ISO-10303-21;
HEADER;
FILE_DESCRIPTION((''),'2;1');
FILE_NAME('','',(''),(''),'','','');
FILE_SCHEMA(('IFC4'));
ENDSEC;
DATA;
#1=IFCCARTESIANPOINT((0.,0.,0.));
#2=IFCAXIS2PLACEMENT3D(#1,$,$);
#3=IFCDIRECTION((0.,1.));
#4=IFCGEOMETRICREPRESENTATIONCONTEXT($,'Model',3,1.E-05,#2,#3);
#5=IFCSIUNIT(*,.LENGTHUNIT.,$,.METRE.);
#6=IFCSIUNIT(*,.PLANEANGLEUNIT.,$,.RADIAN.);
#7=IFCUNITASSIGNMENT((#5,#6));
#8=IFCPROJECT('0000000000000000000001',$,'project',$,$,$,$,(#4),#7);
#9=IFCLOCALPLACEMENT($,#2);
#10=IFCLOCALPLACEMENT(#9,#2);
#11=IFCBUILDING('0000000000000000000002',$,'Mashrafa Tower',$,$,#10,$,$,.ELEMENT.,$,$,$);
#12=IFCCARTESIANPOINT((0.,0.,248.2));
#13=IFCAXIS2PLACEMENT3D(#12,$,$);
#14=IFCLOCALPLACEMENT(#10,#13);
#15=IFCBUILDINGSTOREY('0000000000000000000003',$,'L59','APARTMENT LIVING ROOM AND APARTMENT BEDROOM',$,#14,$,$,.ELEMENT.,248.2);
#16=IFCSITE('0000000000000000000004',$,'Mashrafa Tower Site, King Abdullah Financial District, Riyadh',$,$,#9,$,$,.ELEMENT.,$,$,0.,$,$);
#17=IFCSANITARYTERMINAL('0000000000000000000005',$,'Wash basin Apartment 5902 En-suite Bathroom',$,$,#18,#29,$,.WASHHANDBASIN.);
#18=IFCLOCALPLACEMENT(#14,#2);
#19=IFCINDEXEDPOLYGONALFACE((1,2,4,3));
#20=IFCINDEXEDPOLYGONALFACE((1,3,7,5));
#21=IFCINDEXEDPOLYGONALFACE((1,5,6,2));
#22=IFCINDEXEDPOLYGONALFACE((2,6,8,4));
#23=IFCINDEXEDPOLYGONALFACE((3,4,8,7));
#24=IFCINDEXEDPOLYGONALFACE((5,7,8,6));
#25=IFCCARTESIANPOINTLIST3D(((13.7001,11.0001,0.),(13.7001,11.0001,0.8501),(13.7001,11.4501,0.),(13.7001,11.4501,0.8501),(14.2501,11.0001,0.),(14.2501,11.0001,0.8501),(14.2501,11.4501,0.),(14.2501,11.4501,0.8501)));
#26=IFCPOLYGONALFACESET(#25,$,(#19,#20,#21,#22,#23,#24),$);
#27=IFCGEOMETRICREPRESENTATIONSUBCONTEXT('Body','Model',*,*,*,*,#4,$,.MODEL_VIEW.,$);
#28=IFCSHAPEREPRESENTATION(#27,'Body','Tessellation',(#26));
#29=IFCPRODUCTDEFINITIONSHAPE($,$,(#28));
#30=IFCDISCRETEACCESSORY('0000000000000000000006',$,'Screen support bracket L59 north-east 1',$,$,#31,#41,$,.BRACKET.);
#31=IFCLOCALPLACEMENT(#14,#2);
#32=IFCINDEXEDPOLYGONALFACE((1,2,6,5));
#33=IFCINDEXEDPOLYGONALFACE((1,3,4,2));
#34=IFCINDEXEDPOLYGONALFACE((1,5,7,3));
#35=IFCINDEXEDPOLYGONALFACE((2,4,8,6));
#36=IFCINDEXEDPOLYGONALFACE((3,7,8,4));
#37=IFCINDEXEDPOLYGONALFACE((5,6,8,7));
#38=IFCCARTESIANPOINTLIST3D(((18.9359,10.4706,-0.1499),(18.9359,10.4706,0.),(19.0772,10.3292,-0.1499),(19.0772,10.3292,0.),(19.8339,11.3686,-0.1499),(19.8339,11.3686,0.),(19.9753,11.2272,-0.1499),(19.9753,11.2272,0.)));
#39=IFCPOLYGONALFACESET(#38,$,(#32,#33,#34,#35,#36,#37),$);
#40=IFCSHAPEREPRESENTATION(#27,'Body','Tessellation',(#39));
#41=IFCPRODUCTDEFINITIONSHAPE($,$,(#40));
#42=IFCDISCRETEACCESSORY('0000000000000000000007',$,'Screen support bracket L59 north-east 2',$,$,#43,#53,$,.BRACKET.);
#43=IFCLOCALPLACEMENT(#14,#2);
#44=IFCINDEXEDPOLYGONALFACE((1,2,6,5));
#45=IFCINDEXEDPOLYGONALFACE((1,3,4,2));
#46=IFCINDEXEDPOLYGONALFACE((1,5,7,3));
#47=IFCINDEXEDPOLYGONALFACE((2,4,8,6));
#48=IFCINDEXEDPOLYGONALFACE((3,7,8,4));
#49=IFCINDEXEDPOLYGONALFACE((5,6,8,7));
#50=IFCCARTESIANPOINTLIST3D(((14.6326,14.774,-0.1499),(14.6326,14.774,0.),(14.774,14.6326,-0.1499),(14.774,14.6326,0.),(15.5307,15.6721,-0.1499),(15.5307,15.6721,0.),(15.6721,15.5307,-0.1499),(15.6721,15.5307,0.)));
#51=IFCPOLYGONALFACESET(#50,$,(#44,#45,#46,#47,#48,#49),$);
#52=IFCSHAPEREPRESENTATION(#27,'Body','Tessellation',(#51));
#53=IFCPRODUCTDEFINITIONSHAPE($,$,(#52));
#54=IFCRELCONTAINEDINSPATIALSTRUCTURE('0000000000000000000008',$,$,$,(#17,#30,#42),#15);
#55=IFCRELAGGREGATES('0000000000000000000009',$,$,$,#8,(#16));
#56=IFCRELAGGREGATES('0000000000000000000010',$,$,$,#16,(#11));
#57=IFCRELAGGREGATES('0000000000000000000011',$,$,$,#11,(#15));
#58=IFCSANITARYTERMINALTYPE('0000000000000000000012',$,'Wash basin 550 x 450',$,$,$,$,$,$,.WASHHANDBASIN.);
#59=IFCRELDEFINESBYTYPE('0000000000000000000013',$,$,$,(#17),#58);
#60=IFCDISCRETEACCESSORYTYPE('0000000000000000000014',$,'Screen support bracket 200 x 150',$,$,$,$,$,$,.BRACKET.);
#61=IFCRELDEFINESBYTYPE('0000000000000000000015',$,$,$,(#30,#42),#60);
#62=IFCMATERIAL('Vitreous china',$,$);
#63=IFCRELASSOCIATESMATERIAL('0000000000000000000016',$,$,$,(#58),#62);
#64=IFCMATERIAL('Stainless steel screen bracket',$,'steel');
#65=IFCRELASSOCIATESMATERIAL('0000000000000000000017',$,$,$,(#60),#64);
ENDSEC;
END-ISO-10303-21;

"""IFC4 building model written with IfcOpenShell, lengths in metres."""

from ifc_helpers import new_model, si_unit, direction, frame, origin, origin_2d, place, context, subcontext, project, spatial, rectangle, extrude, source, transform, mapped, material, type_object, type_shapes, element, save


model = new_model("IFC4")

# Units and contexts
model_context = context("Model", 3, precision=1e-05, world=origin(), true_north=direction((0.0, 1.0)))
body_context = subcontext(model_context, "Body", "Model", "MODEL_VIEW")
ifc_project = project(units=[si_unit("LENGTHUNIT", "METRE"), si_unit("PLANEANGLEUNIT", "RADIAN")], contexts=[model_context])

# Site, building, storey
site_placement = place(None, origin())
site = spatial("IfcSite", under=ifc_project, at=site_placement, Name="Mashrafa Tower Site, King Abdullah Financial District, Riyadh", CompositionType="ELEMENT", RefElevation=0.0)
building_placement = place(site_placement, origin())
building = spatial("IfcBuilding", under=site, at=building_placement, Name="Mashrafa Tower", CompositionType="ELEMENT")
storey_placement = place(building_placement, frame((0.0, 0.0, 248.2)))
storey = spatial("IfcBuildingStorey", under=building, at=storey_placement, Name="L59", Description="APARTMENT LIVING ROOM AND APARTMENT BEDROOM", CompositionType="ELEMENT", Elevation=248.2)

# Sanitary terminal
ifc_material_1 = material(Name="Vitreous china")
sanitary_terminal_type_1 = type_object("IfcSanitaryTerminalType", Name="Wash basin 550 x 450", PredefinedType="WASHHANDBASIN", material=ifc_material_1)
sanitary_terminal_1_placement = place(storey_placement, frame((13.9751, 11.2251, 0.0), z_axis=(0.0, 0.0, 1.0), x_axis=(-1.0, 0.0, 0.0)))
element("IfcSanitaryTerminal", 1, at=sanitary_terminal_1_placement, inside=storey, type_object=sanitary_terminal_type_1, Name="Wash basin Apartment 5902 En-suite Bathroom", PredefinedType="WASHHANDBASIN", context=body_context, shape_type="SweptSolid", body=[
    extrude(rectangle(XDim=0.55, YDim=0.45, at=origin_2d()), origin(), (0.0, 0.0, 1.0), 0.8501),
])

# Discrete accessories
ifc_material_2 = material(Name="Stainless steel screen bracket", Category="steel")
discrete_accessory_type = type_object("IfcDiscreteAccessoryType", Name="Screen support bracket 200 x 150", PredefinedType="BRACKET", material=ifc_material_2)
shared_shape_1 = source(origin(), body_context, "Body", "SweptSolid", [
    extrude(rectangle(XDim=0.2, YDim=1.27, at=origin_2d()), origin(), (0.0, 0.0, 1.0), 0.1499),
])
type_shapes(discrete_accessory_type, [shared_shape_1])
for number, where, z_axis, x_axis, name in (
    (2, (19.4556, 10.8489, -0.1499), (0.0, 0.0, 1.0), (-0.707107, 0.707107, 0.0), "Screen support bracket L59 north-east 1"),
    (3, (15.1523, 15.1523, -0.1499), (0.0, 0.0, 1.0), (-0.707107, 0.707107, 0.0), "Screen support bracket L59 north-east 2"),
):
    element("IfcDiscreteAccessory", number, at=place(storey_placement, frame(where, z_axis=z_axis, x_axis=x_axis)), inside=storey, type_object=discrete_accessory_type, Name=name, PredefinedType="BRACKET", context=body_context, shape_type="MappedRepresentation", body=[
        mapped(shared_shape_1, transform((0.0, 0.0, 0.0))),
    ])

save(model, "model.ifc")
